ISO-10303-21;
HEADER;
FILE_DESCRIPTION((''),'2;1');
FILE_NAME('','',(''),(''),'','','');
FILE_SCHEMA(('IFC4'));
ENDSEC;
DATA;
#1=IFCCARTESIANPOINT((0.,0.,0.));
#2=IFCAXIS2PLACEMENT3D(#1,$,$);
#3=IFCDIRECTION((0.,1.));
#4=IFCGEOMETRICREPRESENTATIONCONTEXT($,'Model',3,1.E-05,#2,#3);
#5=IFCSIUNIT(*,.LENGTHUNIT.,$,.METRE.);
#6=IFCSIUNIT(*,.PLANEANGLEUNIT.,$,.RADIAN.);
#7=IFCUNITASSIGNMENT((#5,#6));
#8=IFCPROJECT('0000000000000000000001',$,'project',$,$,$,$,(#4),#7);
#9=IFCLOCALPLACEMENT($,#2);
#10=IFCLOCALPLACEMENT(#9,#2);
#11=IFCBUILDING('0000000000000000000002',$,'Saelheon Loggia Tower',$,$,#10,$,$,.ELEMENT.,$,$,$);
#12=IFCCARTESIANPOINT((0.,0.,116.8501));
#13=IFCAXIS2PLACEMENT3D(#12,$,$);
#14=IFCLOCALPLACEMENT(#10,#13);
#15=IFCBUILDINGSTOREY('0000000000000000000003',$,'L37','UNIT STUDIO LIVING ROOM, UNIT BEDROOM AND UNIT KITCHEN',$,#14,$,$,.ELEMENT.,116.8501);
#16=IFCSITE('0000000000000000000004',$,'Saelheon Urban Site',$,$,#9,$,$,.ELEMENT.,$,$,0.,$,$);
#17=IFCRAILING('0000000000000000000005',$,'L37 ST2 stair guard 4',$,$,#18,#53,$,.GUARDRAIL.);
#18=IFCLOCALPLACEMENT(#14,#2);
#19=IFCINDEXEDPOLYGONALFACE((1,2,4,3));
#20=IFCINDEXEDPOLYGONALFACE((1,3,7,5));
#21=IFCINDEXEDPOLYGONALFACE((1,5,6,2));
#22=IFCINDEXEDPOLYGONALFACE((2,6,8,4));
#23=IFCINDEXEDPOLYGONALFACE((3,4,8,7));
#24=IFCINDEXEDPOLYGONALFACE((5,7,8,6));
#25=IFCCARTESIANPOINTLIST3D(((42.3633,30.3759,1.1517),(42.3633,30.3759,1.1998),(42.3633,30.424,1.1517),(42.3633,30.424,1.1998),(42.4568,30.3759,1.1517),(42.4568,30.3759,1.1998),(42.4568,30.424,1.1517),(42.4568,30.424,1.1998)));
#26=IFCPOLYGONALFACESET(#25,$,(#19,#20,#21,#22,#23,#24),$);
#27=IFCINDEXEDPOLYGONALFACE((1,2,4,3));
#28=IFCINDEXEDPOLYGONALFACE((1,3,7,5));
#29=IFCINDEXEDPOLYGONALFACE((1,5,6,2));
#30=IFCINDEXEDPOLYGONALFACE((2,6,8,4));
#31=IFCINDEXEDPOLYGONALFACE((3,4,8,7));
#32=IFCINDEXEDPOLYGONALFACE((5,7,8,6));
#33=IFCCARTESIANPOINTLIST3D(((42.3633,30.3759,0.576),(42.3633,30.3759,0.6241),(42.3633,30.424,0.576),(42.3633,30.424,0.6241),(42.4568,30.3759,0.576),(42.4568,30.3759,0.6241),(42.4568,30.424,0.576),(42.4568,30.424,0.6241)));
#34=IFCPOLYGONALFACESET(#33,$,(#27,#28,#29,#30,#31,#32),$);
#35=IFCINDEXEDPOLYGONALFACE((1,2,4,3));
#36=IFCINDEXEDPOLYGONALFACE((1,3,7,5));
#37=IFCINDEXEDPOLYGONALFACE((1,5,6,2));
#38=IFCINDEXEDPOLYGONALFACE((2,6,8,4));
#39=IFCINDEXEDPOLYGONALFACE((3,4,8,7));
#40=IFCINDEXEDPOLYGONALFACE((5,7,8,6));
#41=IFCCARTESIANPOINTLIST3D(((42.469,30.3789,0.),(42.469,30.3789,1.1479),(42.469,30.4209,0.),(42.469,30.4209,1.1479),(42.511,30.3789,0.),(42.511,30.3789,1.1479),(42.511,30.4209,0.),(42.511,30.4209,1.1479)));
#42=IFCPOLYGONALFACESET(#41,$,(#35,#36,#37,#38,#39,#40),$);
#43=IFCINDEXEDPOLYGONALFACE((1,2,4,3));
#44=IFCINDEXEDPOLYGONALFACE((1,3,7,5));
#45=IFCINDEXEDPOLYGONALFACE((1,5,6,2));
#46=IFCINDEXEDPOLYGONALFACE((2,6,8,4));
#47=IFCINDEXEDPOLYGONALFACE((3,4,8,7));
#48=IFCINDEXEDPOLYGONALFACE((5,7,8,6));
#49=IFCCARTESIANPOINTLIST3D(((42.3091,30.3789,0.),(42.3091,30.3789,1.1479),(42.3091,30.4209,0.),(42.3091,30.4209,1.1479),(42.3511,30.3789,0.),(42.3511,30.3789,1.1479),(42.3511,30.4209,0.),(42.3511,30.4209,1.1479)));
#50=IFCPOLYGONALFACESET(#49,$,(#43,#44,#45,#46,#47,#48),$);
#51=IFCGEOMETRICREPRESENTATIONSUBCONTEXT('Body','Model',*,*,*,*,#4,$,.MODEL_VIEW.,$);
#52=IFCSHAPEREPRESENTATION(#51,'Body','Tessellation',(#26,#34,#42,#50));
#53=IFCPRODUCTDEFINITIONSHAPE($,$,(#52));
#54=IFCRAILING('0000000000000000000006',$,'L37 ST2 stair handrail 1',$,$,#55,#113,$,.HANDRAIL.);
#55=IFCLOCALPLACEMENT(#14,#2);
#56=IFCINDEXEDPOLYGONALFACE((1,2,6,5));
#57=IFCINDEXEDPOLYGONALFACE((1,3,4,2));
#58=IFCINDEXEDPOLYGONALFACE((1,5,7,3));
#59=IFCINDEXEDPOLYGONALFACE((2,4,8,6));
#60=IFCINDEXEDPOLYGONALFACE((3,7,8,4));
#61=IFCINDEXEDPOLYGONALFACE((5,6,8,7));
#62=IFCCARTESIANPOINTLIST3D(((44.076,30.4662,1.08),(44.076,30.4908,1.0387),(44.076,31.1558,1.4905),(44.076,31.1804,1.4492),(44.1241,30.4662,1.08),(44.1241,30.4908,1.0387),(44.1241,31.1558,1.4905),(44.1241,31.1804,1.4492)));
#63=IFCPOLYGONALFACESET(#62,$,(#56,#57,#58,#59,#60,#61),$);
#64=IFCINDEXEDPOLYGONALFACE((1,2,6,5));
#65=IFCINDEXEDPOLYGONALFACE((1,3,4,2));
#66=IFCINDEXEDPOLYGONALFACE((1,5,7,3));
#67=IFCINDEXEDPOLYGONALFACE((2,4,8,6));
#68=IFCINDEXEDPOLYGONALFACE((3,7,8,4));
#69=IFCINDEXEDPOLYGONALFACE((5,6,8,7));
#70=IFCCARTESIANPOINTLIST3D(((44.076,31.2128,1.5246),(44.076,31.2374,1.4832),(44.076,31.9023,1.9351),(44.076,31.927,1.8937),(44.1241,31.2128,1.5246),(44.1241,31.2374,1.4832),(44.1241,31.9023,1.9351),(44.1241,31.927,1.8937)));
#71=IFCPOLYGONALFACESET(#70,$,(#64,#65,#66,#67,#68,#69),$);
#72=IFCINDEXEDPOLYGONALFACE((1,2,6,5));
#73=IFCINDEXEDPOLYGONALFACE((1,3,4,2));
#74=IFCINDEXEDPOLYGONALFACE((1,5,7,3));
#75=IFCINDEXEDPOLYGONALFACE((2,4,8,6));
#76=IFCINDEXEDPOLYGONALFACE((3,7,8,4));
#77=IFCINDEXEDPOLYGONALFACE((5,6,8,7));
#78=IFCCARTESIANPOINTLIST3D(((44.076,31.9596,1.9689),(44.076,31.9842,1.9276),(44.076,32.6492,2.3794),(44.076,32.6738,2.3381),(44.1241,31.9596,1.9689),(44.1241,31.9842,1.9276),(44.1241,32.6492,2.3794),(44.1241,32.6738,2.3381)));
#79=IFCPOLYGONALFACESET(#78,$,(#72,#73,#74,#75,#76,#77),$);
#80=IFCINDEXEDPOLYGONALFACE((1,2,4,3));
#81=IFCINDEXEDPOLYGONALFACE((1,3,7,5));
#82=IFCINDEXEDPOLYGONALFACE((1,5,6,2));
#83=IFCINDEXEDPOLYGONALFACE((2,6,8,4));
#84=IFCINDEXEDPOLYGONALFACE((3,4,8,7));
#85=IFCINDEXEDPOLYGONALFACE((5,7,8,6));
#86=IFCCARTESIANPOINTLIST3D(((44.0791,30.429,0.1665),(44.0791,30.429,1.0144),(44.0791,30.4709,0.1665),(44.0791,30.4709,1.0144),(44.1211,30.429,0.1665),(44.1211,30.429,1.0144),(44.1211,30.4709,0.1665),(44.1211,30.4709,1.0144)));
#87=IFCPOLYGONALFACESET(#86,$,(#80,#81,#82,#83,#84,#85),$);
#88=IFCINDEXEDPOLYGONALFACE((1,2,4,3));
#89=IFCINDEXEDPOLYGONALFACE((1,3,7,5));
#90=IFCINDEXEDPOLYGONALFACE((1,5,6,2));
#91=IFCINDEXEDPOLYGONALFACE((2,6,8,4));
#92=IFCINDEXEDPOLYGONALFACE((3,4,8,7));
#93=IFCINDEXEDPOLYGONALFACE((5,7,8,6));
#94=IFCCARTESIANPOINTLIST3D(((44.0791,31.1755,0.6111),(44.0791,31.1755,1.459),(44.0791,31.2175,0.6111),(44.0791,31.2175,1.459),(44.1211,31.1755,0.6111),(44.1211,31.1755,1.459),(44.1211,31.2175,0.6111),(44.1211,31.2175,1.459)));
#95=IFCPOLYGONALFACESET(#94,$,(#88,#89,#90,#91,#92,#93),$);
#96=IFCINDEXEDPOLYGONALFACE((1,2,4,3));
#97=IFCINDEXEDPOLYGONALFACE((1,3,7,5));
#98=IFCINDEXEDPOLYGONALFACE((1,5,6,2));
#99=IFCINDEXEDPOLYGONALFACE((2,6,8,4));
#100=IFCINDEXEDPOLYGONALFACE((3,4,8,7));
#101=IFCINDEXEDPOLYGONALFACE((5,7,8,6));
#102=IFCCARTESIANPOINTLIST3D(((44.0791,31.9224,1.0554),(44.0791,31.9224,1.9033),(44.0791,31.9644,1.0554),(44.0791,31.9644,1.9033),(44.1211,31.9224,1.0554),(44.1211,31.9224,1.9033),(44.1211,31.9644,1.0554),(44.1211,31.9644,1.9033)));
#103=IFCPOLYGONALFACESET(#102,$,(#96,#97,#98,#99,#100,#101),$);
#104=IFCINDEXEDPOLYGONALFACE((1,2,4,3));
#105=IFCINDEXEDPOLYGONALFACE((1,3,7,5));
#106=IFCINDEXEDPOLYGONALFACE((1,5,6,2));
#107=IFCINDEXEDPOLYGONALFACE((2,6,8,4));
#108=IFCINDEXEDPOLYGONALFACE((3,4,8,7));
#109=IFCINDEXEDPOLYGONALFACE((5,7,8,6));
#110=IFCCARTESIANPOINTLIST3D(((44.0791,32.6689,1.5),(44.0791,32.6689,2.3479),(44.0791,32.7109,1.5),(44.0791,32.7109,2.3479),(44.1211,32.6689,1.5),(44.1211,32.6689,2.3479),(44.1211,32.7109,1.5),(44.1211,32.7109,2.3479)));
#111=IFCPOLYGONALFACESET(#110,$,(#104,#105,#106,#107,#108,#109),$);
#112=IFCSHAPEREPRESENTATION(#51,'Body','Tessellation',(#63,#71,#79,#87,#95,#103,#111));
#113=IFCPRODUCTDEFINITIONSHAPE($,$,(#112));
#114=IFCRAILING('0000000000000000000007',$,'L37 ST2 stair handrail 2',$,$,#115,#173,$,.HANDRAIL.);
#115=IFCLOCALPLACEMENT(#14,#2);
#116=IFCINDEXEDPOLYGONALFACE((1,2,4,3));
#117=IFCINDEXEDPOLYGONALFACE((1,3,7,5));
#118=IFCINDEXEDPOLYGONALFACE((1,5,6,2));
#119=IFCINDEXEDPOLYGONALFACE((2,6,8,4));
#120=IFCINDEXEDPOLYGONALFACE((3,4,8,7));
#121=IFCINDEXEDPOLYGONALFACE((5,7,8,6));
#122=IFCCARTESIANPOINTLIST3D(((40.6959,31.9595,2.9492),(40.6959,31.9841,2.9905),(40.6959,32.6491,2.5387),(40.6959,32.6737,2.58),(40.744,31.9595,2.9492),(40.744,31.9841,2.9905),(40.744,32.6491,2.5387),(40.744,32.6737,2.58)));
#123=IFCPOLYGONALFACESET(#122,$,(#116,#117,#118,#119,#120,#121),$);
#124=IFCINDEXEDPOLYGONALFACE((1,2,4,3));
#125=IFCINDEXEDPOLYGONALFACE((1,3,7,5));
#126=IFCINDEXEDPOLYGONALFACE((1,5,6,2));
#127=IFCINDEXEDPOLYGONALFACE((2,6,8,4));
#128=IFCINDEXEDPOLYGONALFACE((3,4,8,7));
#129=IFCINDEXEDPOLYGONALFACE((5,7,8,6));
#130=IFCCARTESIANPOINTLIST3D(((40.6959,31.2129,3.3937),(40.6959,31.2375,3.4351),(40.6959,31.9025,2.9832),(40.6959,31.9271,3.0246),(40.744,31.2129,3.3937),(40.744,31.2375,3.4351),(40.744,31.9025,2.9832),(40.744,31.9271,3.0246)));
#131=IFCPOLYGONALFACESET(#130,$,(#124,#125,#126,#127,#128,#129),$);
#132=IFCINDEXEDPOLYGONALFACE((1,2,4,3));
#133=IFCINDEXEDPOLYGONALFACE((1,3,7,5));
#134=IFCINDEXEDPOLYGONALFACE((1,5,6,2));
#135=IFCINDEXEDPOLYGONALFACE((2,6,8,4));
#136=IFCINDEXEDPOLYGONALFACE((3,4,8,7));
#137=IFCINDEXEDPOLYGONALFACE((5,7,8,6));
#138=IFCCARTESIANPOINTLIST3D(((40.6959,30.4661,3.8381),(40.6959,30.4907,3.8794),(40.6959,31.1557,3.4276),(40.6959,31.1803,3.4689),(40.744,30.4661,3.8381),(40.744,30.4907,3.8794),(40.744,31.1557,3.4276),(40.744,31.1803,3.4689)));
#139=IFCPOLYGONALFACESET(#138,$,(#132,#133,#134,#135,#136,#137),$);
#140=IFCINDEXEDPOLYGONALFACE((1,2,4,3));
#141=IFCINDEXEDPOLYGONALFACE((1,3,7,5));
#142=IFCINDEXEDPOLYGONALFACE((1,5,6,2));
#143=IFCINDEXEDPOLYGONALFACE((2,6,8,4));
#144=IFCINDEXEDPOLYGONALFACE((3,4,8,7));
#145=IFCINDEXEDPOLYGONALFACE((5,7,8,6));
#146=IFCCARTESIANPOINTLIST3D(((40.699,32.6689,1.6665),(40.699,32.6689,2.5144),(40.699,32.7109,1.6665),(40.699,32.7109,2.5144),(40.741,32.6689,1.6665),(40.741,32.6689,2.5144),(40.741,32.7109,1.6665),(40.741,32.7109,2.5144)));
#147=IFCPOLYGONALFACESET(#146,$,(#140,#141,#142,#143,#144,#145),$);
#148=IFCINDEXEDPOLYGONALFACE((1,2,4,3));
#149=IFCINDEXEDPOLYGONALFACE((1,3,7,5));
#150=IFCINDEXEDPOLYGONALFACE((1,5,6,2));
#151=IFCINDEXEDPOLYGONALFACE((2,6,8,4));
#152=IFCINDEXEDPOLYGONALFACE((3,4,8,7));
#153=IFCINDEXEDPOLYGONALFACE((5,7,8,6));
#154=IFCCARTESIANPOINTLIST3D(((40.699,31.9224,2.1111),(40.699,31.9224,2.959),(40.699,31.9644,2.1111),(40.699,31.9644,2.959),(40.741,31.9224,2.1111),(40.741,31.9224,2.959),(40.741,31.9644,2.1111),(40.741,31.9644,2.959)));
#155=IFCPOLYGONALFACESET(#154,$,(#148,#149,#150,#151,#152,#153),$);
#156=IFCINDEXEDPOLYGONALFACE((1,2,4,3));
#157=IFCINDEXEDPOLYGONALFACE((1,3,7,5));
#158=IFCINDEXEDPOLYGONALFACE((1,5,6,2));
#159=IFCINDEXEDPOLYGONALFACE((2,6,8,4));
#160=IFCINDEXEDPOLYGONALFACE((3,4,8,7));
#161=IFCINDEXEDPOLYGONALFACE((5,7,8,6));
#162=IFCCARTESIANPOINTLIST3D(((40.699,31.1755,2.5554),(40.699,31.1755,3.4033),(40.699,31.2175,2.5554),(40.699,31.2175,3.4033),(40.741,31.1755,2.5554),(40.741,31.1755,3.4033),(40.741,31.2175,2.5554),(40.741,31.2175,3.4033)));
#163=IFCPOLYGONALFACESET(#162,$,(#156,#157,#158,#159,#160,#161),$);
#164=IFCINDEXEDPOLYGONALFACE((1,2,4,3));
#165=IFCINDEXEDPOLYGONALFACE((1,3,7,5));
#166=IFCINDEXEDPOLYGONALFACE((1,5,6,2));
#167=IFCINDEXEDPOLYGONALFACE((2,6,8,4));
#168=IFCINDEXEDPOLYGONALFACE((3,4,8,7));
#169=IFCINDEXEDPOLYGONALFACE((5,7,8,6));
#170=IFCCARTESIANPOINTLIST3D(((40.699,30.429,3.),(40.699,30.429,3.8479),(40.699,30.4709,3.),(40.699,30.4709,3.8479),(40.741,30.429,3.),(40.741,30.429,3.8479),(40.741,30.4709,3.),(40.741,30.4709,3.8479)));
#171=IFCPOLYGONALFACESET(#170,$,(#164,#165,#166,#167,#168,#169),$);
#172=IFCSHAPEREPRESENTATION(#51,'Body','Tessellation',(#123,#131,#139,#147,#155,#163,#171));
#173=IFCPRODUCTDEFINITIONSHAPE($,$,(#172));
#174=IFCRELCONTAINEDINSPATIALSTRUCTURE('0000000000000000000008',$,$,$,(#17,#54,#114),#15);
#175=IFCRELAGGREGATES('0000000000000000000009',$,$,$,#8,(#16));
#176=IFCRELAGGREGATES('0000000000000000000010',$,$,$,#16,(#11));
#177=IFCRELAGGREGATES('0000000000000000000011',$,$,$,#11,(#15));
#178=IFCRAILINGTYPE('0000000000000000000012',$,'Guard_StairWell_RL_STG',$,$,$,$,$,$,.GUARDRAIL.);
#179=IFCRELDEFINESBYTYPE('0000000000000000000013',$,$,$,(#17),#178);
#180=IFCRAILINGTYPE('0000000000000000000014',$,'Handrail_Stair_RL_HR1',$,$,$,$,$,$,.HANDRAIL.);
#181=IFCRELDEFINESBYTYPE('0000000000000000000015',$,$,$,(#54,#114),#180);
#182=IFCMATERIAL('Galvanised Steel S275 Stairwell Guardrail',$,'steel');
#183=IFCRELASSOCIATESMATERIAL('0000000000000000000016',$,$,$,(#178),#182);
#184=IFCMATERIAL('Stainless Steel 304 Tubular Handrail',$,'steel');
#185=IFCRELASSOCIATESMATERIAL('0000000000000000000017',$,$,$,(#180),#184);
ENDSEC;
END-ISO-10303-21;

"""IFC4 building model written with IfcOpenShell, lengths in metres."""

from ifc_helpers import new_model, si_unit, direction, frame, origin, origin_2d, place, context, subcontext, project, spatial, rectangle, extrude, material, type_object, element, save


model = new_model("IFC4")

# Units and contexts
model_context = context("Model", 3, precision=1e-05, world=origin(), true_north=direction((0.0, 1.0)))
body_context = subcontext(model_context, "Body", "Model", "MODEL_VIEW")
ifc_project = project(units=[si_unit("LENGTHUNIT", "METRE"), si_unit("PLANEANGLEUNIT", "RADIAN")], contexts=[model_context])

# Site, building, storey
site_placement = place(None, origin())
site = spatial("IfcSite", under=ifc_project, at=site_placement, Name="Saelheon Urban Site", CompositionType="ELEMENT", RefElevation=0.0)
building_placement = place(site_placement, origin())
building = spatial("IfcBuilding", under=site, at=building_placement, Name="Saelheon Loggia Tower", CompositionType="ELEMENT")
storey_placement = place(building_placement, frame((0.0, 0.0, 116.8501)))
storey = spatial("IfcBuildingStorey", under=building, at=storey_placement, Name="L37", Description="UNIT STUDIO LIVING ROOM, UNIT BEDROOM AND UNIT KITCHEN", CompositionType="ELEMENT", Elevation=116.8501)

# Railings
ifc_material_1 = material(Name="Galvanised Steel S275 Stairwell Guardrail", Category="steel")
railing_type_1 = type_object("IfcRailingType", Name="Guard_StairWell_RL_STG", PredefinedType="GUARDRAIL", material=ifc_material_1)
railing_1_placement = place(storey_placement, frame((42.49, 30.3999, 0.0)))
element("IfcRailing", 1, at=railing_1_placement, inside=storey, type_object=railing_type_1, Name="L37 ST2 stair guard 4", PredefinedType="GUARDRAIL", context=body_context, shape_type="SweptSolid", body=[
    extrude(rectangle(XDim=0.0481, YDim=0.0481, at=origin_2d()), frame((-0.0332, 0.0, 1.1758), z_axis=(-1.0, 0.0, 0.0), x_axis=(0.0, -1.0, 0.0)), (0.0, 0.0, 1.0), 0.0935),
    extrude(rectangle(XDim=0.0481, YDim=0.0481, at=origin_2d()), frame((-0.0332, 0.0, 0.6001), z_axis=(-1.0, 0.0, 0.0), x_axis=(0.0, -1.0, 0.0)), (0.0, 0.0, 1.0), 0.0935),
    extrude(rectangle(XDim=0.042, YDim=0.042, at=origin_2d()), origin(), (0.0, 0.0, 1.0), 1.1479),
    extrude(rectangle(XDim=0.042, YDim=0.042, at=origin_2d()), frame((-0.1599, 0.0, 0.0)), (0.0, 0.0, 1.0), 1.1479),
])
ifc_material_2 = material(Name="Stainless Steel 304 Tubular Handrail", Category="steel")
railing_type_2 = type_object("IfcRailingType", Name="Handrail_Stair_RL_HR1", PredefinedType="HANDRAIL", material=ifc_material_2)
railing_2_placement = place(storey_placement, frame((44.1001, 30.45, 0.1665)))
element("IfcRailing", 2, at=railing_2_placement, inside=storey, type_object=railing_type_2, Name="L37 ST2 stair handrail 1", PredefinedType="HANDRAIL", context=body_context, shape_type="SweptSolid", body=[
    extrude(rectangle(XDim=0.0481, YDim=0.0481, at=origin_2d()), frame((0.0, 0.0286, 0.8928), z_axis=(0.0, 0.859264, 0.511532), x_axis=(-1.0, 0.0, 0.0)), (0.0, 0.0, 1.0), 0.8025),
    extrude(rectangle(XDim=0.0481, YDim=0.0481, at=origin_2d()), frame((0.0, 0.7751, 1.3374), z_axis=(0.0, 0.859264, 0.511532), x_axis=(-1.0, 0.0, 0.0)), (0.0, 0.0, 1.0), 0.8025),
    extrude(rectangle(XDim=0.0481, YDim=0.0481, at=origin_2d()), frame((0.0, 1.522, 1.7817), z_axis=(0.0, 0.859264, 0.511532), x_axis=(-1.0, 0.0, 0.0)), (0.0, 0.0, 1.0), 0.8025),
    extrude(rectangle(XDim=0.042, YDim=0.042, at=origin_2d()), origin(), (0.0, 0.0, 1.0), 0.8479),
    extrude(rectangle(XDim=0.042, YDim=0.042, at=origin_2d()), frame((0.0, 0.7466, 0.4446)), (0.0, 0.0, 1.0), 0.8479),
    extrude(rectangle(XDim=0.042, YDim=0.042, at=origin_2d()), frame((0.0, 1.4934, 0.8889)), (0.0, 0.0, 1.0), 0.8479),
    extrude(rectangle(XDim=0.042, YDim=0.042, at=origin_2d()), frame((0.0, 2.24, 1.3335)), (0.0, 0.0, 1.0), 0.8479),
])
railing_3_placement = place(storey_placement, frame((40.72, 32.6899, 1.6665)))
element("IfcRailing", 3, at=railing_3_placement, inside=storey, type_object=railing_type_2, Name="L37 ST2 stair handrail 2", PredefinedType="HANDRAIL", context=body_context, shape_type="SweptSolid", body=[
    extrude(rectangle(XDim=0.0481, YDim=0.0481, at=origin_2d()), frame((0.0, -0.0286, 0.8928), z_axis=(0.0, -0.859264, 0.511532), x_axis=(1.0, 0.0, 0.0)), (0.0, 0.0, 1.0), 0.8025),
    extrude(rectangle(XDim=0.0481, YDim=0.0481, at=origin_2d()), frame((0.0, -0.7751, 1.3374), z_axis=(0.0, -0.859264, 0.511532), x_axis=(1.0, 0.0, 0.0)), (0.0, 0.0, 1.0), 0.8025),
    extrude(rectangle(XDim=0.0481, YDim=0.0481, at=origin_2d()), frame((0.0, -1.522, 1.7817), z_axis=(0.0, -0.859264, 0.511532), x_axis=(1.0, 0.0, 0.0)), (0.0, 0.0, 1.0), 0.8025),
    extrude(rectangle(XDim=0.042, YDim=0.042, at=origin_2d()), origin(), (0.0, 0.0, 1.0), 0.8479),
    extrude(rectangle(XDim=0.042, YDim=0.042, at=origin_2d()), frame((0.0, -0.7466, 0.4446)), (0.0, 0.0, 1.0), 0.8479),
    extrude(rectangle(XDim=0.042, YDim=0.042, at=origin_2d()), frame((0.0, -1.4934, 0.8889)), (0.0, 0.0, 1.0), 0.8479),
    extrude(rectangle(XDim=0.042, YDim=0.042, at=origin_2d()), frame((0.0, -2.24, 1.3335)), (0.0, 0.0, 1.0), 0.8479),
])

save(model, "model.ifc")
